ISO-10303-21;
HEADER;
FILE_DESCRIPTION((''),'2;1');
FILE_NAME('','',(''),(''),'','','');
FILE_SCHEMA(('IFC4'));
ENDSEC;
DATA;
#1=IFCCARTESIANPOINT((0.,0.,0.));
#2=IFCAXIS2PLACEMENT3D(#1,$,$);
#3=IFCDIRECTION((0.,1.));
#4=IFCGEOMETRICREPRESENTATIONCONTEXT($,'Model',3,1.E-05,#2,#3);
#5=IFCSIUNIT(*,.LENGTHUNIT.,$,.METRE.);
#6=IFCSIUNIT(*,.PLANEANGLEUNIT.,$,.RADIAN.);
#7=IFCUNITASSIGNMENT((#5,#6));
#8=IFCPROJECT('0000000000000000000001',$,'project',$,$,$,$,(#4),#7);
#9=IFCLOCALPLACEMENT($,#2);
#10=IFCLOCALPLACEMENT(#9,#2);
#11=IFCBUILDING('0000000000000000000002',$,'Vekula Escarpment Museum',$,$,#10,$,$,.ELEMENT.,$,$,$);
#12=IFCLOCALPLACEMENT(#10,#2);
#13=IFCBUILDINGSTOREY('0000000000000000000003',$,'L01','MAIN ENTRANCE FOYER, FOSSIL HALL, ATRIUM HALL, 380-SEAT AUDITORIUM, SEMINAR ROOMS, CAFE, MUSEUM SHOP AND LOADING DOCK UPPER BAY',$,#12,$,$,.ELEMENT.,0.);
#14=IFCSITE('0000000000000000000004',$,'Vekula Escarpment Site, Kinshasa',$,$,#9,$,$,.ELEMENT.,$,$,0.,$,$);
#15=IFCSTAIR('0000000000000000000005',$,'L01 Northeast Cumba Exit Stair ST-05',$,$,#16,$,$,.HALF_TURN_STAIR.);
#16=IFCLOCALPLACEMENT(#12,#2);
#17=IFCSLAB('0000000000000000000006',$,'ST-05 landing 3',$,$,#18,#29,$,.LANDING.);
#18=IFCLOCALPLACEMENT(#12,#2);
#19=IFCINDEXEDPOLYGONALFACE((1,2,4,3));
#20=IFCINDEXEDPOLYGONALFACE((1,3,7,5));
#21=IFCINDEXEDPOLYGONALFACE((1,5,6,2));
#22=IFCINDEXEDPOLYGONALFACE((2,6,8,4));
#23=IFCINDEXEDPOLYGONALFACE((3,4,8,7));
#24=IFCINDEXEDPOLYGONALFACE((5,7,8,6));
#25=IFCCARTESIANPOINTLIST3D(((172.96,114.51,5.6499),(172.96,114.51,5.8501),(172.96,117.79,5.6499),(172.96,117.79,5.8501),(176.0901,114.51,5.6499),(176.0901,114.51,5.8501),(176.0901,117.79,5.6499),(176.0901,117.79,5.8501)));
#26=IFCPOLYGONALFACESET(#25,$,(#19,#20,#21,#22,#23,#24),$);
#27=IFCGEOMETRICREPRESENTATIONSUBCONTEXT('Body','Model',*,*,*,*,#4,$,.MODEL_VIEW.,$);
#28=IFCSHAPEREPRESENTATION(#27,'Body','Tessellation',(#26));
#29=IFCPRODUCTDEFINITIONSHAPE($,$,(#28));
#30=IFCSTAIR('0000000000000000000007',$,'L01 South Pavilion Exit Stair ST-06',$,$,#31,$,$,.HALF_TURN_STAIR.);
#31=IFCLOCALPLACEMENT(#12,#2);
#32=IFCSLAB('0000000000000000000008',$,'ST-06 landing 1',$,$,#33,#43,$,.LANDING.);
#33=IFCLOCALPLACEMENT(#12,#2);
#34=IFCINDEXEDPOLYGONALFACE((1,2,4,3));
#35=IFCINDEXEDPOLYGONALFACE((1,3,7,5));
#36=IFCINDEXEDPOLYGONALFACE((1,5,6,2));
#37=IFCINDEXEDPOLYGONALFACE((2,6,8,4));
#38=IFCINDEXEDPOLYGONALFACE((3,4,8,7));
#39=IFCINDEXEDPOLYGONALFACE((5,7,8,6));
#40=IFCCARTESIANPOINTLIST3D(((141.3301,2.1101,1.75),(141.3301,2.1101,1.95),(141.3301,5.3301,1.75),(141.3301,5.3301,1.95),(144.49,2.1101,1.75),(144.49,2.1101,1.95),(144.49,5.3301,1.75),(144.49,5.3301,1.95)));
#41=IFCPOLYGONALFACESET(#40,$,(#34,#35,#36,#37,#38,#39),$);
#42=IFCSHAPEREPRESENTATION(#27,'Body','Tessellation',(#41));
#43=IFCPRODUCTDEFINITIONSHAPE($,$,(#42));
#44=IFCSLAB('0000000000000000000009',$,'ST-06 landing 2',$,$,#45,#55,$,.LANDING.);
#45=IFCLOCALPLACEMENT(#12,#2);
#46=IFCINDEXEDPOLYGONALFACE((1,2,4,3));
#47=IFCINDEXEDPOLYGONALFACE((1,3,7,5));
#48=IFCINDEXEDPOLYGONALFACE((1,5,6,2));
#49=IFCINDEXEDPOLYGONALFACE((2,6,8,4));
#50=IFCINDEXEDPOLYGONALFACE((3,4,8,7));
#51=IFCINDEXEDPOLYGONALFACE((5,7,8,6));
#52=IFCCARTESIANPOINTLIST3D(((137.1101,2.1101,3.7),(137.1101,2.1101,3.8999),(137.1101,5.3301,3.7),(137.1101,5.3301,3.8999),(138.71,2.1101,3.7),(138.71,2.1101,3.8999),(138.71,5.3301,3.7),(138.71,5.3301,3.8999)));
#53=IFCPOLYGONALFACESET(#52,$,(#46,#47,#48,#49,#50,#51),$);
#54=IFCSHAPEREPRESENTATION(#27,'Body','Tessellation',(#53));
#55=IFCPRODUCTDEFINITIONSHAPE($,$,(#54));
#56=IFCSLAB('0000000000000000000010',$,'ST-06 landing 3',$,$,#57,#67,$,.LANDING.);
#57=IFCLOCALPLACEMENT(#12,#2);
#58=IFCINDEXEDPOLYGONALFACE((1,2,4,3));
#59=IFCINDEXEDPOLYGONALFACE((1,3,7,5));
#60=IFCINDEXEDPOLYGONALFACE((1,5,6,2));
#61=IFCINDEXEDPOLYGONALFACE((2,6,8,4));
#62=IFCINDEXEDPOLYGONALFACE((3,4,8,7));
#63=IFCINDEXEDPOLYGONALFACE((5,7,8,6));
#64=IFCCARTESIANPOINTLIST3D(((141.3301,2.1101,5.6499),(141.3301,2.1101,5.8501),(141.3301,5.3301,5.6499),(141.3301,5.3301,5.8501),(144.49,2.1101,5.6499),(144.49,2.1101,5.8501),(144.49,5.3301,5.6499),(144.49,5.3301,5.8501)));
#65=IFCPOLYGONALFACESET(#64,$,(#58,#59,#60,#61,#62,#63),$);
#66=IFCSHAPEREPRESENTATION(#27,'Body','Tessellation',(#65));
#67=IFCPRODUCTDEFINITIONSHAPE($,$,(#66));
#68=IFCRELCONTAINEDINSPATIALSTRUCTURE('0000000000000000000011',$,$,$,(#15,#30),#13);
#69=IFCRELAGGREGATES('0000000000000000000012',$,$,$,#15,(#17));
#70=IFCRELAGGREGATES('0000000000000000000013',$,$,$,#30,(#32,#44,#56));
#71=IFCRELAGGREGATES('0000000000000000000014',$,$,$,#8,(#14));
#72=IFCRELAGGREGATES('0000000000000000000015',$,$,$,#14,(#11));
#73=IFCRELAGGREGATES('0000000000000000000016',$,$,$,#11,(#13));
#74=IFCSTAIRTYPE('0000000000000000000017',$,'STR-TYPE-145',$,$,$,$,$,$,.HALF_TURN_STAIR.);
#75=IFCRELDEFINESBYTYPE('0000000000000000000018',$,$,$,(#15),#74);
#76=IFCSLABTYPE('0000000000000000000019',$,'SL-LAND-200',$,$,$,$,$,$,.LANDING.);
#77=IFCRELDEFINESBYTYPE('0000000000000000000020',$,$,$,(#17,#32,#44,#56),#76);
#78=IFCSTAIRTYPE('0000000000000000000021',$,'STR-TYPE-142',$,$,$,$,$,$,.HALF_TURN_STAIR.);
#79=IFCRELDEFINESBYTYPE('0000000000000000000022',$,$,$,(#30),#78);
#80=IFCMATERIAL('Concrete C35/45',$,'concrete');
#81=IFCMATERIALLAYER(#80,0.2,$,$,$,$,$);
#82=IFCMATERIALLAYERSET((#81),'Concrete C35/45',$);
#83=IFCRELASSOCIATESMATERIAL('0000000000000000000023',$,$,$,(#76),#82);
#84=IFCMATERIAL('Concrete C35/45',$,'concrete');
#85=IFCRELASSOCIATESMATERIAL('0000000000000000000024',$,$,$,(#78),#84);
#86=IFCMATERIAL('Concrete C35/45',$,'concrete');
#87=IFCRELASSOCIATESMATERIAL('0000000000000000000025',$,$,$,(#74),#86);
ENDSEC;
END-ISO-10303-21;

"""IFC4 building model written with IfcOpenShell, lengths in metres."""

from ifc_helpers import new_model, si_unit, direction, frame, origin, place, context, subcontext, project, spatial, polyline, outline, extrude, material, layer, layer_set, type_object, element, aggregate, save


model = new_model("IFC4")

# Units and contexts
model_context = context("Model", 3, precision=1e-05, world=origin(), true_north=direction((0.0, 1.0)))
body_context = subcontext(model_context, "Body", "Model", "MODEL_VIEW")
ifc_project = project(units=[si_unit("LENGTHUNIT", "METRE"), si_unit("PLANEANGLEUNIT", "RADIAN")], contexts=[model_context])

# Site, building, storey
site_placement = place(None, origin())
site = spatial("IfcSite", under=ifc_project, at=site_placement, Name="Vekula Escarpment Site, Kinshasa", CompositionType="ELEMENT", RefElevation=0.0)
building_placement = place(site_placement, origin())
building = spatial("IfcBuilding", under=site, at=building_placement, Name="Vekula Escarpment Museum", CompositionType="ELEMENT")
storey_placement = place(building_placement, origin())
storey = spatial("IfcBuildingStorey", under=building, at=storey_placement, Name="L01", Description="MAIN ENTRANCE FOYER, FOSSIL HALL, ATRIUM HALL, 380-SEAT AUDITORIUM, SEMINAR ROOMS, CAFE, MUSEUM SHOP AND LOADING DOCK UPPER BAY", CompositionType="ELEMENT", Elevation=0.0)

# Stairs, slabs
ifc_material_1 = material(Name="Concrete C35/45", Category="concrete")
ifc_layer_1 = layer(ifc_material_1, 0.2)
ifc_layer_set_1 = layer_set([ifc_layer_1], Name="Concrete C35/45")
slab_type_1 = type_object("IfcSlabType", Name="SL-LAND-200", PredefinedType="LANDING", material=ifc_layer_set_1)
ifc_material_2 = material(Name="Concrete C35/45", Category="concrete")
stair_type_1 = type_object("IfcStairType", Name="STR-TYPE-142", PredefinedType="HALF_TURN_STAIR", material=ifc_material_2)
ifc_material_3 = material(Name="Concrete C35/45", Category="concrete")
stair_type_2 = type_object("IfcStairType", Name="STR-TYPE-145", PredefinedType="HALF_TURN_STAIR", material=ifc_material_3)
stair_1_placement = place(storey_placement, origin())
stair_1 = element("IfcStair", 1, at=stair_1_placement, inside=storey, type_object=stair_type_2, Name="L01 Northeast Cumba Exit Stair ST-05", PredefinedType="HALF_TURN_STAIR")
slab_1_placement = place(storey_placement, frame((0.0, 0.0, 5.6499)))
slab_1 = element("IfcSlab", 2, at=slab_1_placement, type_object=slab_type_1, Name="ST-05 landing 3", PredefinedType="LANDING", context=body_context, shape_type="SweptSolid", body=[
    extrude(outline(polyline([(172.96, 114.51), (176.0901, 114.51), (176.0901, 117.79), (172.96, 117.79), (172.96, 114.51)])), origin(), (0.0, 0.0, 1.0), 0.2002),
])
aggregate(stair_1, [slab_1])
stair_2_placement = place(storey_placement, origin())
stair_2 = element("IfcStair", 3, at=stair_2_placement, inside=storey, type_object=stair_type_1, Name="L01 South Pavilion Exit Stair ST-06", PredefinedType="HALF_TURN_STAIR")
slab_2_placement = place(storey_placement, frame((0.0, 0.0, 1.75)))
slab_2 = element("IfcSlab", 4, at=slab_2_placement, type_object=slab_type_1, Name="ST-06 landing 1", PredefinedType="LANDING", context=body_context, shape_type="SweptSolid", body=[
    extrude(outline(polyline([(141.3301, 2.1101), (144.49, 2.1101), (144.49, 5.3301), (141.3301, 5.3301), (141.3301, 2.1101)])), origin(), (0.0, 0.0, 1.0), 0.2),
])
slab_3_placement = place(storey_placement, frame((0.0, 0.0, 3.7)))
slab_3 = element("IfcSlab", 5, at=slab_3_placement, type_object=slab_type_1, Name="ST-06 landing 2", PredefinedType="LANDING", context=body_context, shape_type="SweptSolid", body=[
    extrude(outline(polyline([(137.1101, 2.1101), (138.71, 2.1101), (138.71, 5.3301), (137.1101, 5.3301), (137.1101, 2.1101)])), origin(), (0.0, 0.0, 1.0), 0.2),
])
slab_4_placement = place(storey_placement, frame((0.0, 0.0, 5.6499)))
slab_4 = element("IfcSlab", 6, at=slab_4_placement, type_object=slab_type_1, Name="ST-06 landing 3", PredefinedType="LANDING", context=body_context, shape_type="SweptSolid", body=[
    extrude(outline(polyline([(141.3301, 2.1101), (144.49, 2.1101), (144.49, 5.3301), (141.3301, 5.3301), (141.3301, 2.1101)])), origin(), (0.0, 0.0, 1.0), 0.2002),
])
aggregate(stair_2, [slab_2, slab_3, slab_4])

save(model, "model.ifc")
